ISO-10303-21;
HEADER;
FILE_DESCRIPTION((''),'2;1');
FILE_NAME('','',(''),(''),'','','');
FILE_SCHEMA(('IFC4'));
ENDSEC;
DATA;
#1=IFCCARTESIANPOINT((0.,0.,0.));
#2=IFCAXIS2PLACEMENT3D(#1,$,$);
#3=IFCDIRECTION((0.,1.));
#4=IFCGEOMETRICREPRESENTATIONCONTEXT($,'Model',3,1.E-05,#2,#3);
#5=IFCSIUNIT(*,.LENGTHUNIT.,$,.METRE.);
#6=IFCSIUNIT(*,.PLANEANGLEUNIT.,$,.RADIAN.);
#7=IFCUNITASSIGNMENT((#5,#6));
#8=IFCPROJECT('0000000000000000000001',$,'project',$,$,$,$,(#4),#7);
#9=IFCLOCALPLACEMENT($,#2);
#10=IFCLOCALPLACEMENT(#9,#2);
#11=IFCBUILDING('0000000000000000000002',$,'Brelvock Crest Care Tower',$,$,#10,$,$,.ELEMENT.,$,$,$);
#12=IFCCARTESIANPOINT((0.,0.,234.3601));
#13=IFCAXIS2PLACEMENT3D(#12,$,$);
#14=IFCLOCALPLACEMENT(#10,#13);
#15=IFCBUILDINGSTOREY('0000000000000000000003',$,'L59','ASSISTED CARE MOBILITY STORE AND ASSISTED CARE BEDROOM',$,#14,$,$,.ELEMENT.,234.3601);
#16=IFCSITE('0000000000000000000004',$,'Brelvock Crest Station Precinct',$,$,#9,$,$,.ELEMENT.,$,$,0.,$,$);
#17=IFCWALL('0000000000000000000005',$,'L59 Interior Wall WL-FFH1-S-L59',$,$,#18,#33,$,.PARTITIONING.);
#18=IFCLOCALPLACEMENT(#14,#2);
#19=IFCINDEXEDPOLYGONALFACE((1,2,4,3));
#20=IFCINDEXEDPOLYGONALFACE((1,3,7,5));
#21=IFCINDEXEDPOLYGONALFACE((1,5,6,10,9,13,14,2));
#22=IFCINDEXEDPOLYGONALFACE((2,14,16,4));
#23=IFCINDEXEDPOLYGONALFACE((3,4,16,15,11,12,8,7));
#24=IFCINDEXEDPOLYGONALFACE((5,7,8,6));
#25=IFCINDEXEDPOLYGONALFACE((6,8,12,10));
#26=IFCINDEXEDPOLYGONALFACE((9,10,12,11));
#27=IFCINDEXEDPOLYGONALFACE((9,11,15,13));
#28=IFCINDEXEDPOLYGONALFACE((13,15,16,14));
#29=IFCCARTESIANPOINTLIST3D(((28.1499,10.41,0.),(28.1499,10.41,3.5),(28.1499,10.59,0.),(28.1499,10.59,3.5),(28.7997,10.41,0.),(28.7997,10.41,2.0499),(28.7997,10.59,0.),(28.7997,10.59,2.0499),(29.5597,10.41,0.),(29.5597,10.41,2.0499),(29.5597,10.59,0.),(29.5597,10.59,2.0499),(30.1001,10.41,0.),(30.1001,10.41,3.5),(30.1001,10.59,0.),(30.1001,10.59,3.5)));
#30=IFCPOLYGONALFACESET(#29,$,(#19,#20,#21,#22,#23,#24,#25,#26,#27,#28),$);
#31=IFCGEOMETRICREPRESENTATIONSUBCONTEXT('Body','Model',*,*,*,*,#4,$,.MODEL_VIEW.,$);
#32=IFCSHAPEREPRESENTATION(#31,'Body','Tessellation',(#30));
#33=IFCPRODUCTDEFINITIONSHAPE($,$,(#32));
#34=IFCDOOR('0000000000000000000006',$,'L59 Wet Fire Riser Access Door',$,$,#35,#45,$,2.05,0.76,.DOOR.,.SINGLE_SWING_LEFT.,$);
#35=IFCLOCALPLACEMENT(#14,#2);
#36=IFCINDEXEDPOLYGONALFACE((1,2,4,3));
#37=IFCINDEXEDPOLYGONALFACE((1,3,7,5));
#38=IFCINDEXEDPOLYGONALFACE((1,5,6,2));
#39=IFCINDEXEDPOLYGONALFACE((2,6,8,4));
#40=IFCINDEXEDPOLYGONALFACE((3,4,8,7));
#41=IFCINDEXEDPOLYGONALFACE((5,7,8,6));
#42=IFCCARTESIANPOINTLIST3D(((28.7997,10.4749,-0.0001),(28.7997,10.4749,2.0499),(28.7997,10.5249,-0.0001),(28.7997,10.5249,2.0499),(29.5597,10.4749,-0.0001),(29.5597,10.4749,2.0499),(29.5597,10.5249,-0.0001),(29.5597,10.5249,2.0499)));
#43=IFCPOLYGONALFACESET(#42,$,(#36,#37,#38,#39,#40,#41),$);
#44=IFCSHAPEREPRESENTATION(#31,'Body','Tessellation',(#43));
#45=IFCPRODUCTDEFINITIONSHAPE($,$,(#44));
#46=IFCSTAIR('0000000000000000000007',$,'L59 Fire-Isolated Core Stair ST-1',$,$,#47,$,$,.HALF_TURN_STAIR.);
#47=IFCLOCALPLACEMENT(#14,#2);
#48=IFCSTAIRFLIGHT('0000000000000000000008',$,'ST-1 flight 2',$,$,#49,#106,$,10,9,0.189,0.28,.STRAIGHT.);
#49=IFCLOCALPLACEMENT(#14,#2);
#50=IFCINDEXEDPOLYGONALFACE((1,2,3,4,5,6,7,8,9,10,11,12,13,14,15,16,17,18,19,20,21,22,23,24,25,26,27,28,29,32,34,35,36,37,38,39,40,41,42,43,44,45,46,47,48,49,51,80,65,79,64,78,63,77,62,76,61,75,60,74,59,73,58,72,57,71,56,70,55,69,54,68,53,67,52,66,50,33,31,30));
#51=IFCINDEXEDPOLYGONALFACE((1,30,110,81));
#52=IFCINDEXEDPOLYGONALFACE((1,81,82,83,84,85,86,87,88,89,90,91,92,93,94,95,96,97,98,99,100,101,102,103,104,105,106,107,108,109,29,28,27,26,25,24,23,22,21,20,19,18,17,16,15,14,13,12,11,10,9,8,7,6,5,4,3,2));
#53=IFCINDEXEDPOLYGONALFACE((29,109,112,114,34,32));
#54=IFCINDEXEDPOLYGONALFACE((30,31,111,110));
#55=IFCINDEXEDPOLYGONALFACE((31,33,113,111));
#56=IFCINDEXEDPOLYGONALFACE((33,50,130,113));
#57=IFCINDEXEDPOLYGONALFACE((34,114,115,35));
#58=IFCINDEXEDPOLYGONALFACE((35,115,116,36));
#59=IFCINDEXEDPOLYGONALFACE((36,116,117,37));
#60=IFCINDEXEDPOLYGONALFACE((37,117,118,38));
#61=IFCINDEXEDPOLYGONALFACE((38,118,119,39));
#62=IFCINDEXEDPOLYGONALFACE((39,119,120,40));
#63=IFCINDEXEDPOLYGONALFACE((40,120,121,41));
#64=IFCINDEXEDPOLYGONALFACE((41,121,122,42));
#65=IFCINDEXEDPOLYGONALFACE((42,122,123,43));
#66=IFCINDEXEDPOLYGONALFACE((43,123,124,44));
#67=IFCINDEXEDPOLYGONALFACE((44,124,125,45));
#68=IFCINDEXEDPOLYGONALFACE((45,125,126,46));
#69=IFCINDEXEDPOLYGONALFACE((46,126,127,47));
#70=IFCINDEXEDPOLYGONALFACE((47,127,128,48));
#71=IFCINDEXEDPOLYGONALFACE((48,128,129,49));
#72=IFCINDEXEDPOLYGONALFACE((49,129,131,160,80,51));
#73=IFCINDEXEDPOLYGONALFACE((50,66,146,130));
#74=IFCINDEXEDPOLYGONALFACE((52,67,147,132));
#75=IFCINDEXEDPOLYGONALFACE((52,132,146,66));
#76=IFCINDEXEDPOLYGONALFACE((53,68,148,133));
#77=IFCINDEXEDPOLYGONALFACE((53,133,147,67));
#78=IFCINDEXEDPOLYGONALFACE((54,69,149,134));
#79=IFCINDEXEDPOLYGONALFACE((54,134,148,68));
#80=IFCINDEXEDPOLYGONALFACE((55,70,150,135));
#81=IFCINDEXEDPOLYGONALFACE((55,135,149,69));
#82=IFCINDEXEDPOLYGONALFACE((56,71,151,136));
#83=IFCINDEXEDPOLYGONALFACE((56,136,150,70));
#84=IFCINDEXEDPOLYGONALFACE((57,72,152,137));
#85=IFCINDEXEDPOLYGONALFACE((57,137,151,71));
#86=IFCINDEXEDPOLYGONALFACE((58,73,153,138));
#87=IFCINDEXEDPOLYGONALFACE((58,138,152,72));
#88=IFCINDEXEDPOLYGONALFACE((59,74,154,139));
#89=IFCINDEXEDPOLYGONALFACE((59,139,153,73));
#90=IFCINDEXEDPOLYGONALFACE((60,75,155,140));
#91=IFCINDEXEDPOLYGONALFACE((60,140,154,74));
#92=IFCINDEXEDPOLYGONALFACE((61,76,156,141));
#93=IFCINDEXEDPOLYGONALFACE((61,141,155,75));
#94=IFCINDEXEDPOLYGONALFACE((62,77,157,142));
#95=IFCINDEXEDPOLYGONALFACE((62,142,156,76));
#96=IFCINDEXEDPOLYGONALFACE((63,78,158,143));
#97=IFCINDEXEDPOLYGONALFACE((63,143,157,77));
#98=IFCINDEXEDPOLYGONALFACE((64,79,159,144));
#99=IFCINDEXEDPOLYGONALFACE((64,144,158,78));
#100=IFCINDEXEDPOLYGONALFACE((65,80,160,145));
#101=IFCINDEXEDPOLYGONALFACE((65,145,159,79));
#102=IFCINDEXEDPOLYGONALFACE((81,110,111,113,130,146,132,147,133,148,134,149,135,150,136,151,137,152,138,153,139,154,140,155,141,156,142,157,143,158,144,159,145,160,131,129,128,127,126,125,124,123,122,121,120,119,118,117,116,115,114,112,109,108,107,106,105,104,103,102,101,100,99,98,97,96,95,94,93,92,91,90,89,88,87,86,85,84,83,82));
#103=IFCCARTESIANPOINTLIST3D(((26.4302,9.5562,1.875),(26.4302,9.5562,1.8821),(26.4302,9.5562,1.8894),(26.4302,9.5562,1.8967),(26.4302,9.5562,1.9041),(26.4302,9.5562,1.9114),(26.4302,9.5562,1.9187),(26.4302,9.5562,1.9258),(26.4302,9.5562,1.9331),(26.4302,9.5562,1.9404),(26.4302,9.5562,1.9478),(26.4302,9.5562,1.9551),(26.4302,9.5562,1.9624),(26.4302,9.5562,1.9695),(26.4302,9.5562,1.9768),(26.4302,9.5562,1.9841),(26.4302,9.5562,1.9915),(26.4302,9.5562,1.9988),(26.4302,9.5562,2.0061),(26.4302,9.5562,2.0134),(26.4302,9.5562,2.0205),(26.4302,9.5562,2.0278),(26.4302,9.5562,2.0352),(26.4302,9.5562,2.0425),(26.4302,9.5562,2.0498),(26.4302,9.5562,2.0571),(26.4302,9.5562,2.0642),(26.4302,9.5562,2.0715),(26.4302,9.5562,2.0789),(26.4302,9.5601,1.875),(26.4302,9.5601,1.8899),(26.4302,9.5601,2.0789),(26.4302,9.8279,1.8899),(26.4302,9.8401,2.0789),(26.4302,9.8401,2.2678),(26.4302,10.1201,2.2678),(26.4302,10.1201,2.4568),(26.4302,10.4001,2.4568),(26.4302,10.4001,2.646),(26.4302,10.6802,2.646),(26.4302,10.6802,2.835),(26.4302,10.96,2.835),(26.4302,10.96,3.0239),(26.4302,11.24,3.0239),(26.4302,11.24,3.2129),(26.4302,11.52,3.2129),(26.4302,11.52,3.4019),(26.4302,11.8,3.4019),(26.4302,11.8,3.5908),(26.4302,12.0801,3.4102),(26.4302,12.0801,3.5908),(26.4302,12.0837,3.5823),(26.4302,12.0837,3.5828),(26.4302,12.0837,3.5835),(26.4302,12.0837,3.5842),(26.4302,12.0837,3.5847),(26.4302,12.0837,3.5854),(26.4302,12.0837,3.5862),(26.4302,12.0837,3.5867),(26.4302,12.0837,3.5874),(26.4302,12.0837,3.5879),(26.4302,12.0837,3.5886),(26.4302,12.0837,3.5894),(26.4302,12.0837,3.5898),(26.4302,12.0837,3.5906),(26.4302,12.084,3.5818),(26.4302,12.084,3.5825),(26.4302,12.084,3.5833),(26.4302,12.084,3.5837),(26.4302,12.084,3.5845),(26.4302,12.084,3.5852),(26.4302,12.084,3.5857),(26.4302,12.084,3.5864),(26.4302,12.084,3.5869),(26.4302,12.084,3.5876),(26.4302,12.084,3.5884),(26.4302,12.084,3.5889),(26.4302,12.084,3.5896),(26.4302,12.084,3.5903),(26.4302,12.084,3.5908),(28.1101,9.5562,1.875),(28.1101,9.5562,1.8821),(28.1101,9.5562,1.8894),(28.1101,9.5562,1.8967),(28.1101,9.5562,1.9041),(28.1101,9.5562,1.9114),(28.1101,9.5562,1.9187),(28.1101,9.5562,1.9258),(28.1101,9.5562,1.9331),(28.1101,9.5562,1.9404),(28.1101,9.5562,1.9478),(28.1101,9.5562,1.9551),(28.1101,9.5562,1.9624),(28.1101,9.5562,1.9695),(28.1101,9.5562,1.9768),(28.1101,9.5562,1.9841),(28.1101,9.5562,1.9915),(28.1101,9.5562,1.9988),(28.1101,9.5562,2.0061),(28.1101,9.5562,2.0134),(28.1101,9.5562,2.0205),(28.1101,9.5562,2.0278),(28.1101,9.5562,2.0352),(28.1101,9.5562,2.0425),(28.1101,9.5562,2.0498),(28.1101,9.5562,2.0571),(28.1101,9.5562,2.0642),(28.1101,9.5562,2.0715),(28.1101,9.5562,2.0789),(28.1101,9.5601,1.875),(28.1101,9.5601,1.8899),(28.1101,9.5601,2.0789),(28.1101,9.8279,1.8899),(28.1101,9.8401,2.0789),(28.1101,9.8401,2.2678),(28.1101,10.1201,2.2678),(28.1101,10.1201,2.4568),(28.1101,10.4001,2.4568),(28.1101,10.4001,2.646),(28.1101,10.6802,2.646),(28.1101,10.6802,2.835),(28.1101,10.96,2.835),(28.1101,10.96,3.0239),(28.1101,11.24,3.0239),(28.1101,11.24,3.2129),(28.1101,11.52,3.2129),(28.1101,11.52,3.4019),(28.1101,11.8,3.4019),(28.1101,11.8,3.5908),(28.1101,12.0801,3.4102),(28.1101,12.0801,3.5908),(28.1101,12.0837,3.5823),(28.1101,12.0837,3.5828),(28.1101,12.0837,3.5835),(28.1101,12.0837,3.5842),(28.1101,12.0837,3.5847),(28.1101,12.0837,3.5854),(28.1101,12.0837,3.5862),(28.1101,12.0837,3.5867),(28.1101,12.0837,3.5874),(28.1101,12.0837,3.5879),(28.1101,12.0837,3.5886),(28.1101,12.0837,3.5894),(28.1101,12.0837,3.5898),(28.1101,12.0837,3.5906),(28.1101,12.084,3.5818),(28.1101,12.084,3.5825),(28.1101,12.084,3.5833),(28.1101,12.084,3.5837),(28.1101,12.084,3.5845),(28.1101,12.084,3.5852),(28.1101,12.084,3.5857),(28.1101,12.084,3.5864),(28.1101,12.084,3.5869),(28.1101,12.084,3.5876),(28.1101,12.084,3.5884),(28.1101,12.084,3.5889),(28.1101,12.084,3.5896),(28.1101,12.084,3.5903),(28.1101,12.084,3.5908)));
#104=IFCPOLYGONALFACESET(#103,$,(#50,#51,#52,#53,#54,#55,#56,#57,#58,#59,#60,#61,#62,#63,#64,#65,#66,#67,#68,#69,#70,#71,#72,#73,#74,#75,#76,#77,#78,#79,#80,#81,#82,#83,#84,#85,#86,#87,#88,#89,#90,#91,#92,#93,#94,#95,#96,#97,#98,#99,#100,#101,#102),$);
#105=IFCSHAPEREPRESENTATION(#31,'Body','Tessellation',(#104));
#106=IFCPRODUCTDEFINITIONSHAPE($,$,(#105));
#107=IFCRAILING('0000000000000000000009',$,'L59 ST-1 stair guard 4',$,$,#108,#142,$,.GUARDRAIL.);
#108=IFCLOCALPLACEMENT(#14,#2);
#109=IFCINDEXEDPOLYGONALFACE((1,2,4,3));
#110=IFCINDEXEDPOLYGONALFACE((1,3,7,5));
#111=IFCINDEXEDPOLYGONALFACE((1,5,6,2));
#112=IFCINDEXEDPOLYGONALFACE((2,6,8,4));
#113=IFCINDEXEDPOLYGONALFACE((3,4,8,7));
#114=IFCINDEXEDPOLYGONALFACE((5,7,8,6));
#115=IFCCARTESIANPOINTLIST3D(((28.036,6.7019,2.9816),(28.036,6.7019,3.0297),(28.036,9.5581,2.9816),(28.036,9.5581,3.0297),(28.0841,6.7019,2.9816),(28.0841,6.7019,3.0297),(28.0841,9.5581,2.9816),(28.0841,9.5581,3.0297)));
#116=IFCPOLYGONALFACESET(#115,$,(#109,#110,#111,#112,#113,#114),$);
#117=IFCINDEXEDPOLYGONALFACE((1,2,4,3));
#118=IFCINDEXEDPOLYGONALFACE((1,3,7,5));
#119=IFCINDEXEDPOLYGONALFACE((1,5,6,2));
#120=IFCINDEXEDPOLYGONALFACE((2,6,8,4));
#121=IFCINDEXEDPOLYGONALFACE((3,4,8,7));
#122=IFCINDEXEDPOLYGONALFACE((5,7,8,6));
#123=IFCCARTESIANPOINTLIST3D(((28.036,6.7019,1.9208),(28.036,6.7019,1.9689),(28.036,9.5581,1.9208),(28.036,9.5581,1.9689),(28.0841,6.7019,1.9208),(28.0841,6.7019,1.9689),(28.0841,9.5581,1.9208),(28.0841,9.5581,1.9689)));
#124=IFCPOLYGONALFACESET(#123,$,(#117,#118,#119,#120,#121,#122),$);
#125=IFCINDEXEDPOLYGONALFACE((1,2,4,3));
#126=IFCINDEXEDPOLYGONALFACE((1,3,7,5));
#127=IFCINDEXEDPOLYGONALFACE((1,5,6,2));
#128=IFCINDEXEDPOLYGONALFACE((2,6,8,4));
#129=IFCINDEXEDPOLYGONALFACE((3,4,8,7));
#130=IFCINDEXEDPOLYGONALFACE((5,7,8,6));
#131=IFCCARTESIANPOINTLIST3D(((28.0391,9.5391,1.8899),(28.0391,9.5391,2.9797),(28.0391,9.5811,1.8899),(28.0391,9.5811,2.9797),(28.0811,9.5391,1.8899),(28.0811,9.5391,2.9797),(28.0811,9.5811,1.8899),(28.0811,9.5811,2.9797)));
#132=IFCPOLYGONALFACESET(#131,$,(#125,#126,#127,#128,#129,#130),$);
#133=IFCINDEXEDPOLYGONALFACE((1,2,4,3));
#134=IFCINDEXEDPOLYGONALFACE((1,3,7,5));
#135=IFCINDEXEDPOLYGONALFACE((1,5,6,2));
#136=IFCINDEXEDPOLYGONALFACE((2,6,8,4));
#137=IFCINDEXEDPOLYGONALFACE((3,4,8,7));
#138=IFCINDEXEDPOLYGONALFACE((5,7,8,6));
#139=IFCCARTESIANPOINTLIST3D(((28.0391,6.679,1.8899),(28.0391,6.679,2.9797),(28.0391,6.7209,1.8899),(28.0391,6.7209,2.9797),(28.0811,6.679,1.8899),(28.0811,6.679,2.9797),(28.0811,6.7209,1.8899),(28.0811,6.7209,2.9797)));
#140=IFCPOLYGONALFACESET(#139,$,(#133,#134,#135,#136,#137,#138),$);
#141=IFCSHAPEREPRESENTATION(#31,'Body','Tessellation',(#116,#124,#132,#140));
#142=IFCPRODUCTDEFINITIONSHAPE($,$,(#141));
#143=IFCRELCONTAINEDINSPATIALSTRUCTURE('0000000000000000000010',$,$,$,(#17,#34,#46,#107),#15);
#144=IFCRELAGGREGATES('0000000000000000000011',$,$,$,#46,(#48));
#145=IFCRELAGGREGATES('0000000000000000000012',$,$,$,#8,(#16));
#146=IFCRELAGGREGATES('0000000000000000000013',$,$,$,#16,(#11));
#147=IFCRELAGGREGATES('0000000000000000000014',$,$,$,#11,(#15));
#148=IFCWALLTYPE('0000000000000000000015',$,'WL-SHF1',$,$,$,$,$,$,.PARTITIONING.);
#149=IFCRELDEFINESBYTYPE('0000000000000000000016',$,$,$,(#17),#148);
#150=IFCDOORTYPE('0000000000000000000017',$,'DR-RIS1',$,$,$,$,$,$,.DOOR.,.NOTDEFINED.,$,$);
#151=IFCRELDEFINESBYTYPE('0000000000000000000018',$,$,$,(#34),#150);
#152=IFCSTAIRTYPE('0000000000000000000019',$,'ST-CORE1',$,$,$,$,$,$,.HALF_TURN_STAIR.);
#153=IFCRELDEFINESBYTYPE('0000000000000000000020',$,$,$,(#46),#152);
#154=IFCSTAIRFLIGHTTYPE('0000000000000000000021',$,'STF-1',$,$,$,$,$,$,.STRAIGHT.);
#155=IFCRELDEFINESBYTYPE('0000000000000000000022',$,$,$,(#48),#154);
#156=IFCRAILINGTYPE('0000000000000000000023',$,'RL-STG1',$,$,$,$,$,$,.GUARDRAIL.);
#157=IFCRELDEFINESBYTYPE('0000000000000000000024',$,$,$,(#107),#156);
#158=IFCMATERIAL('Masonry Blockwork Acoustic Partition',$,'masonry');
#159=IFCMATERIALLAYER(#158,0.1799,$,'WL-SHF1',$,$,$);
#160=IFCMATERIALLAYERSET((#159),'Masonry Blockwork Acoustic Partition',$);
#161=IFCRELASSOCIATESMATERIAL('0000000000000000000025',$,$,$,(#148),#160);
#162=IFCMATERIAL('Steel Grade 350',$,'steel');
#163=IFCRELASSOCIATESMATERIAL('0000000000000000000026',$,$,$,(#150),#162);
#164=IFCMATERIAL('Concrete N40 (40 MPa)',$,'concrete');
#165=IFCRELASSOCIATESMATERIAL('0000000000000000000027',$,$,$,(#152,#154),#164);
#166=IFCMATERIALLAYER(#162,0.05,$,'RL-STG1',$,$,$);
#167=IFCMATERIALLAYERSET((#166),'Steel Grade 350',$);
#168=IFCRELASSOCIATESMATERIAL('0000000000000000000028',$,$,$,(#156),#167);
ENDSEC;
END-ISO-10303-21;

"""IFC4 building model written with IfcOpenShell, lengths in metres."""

from ifc_helpers import new_model, si_unit, direction, frame, frame_2d, origin, origin_2d, place, context, subcontext, project, spatial, polyline, rectangle, outline, extrude, source, transform, mapped, material, layer, layer_set, type_object, element, fill, aggregate, save


model = new_model("IFC4")

# Units and contexts
model_context = context("Model", 3, precision=1e-05, world=origin(), true_north=direction((0.0, 1.0)))
body_context = subcontext(model_context, "Body", "Model", "MODEL_VIEW")
ifc_project = project(units=[si_unit("LENGTHUNIT", "METRE"), si_unit("PLANEANGLEUNIT", "RADIAN")], contexts=[model_context])

# Site, building, storey
site_placement = place(None, origin())
site = spatial("IfcSite", under=ifc_project, at=site_placement, Name="Brelvock Crest Station Precinct", CompositionType="ELEMENT", RefElevation=0.0)
building_placement = place(site_placement, origin())
building = spatial("IfcBuilding", under=site, at=building_placement, Name="Brelvock Crest Care Tower", CompositionType="ELEMENT")
storey_placement = place(building_placement, frame((0.0, 0.0, 234.3601)))
storey = spatial("IfcBuildingStorey", under=building, at=storey_placement, Name="L59", Description="ASSISTED CARE MOBILITY STORE AND ASSISTED CARE BEDROOM", CompositionType="ELEMENT", Elevation=234.3601)

# Shared definitions
ifc_material_1 = material(Name="Steel Grade 350", Category="steel")

# Shared definitions
ifc_material_2 = material(Name="Masonry Blockwork Acoustic Partition", Category="masonry")

# Wall, opening, door
ifc_layer_1 = layer(ifc_material_2, 0.1799, Name="WL-SHF1")
ifc_layer_set_1 = layer_set([ifc_layer_1], Name="Masonry Blockwork Acoustic Partition")
wall_type_1 = type_object("IfcWallType", Name="WL-SHF1", PredefinedType="PARTITIONING", material=ifc_layer_set_1)
wall_1_placement = place(storey_placement, frame((28.1499, 10.5, 0.0), z_axis=(0.0, 0.0, 1.0), x_axis=(1.0, 0.0, 0.0)))
wall_1 = element("IfcWall", 1, at=wall_1_placement, inside=storey, type_object=wall_type_1, Name="L59 Interior Wall WL-FFH1-S-L59", PredefinedType="PARTITIONING", context=body_context, shape_type="SweptSolid", body=[
    extrude(rectangle(XDim=1.9502, YDim=0.1799, at=frame_2d((0.9751, 0.0))), origin(), (0.0, 0.0, 1.0), 3.5),
])
opening_1_placement = place(wall_1_placement, frame((0.6499, 0.0, 0.0)))
opening_1 = element("IfcOpeningElement", 2, at=opening_1_placement, cuts=wall_1, PredefinedType="OPENING", context=body_context, shape_type="SweptSolid", body=[
    extrude(rectangle(XDim=0.76, YDim=2.05, at=origin_2d()), frame((0.3799, 0.1001, 1.0249), z_axis=(0.0, -1.0, 0.0), x_axis=(1.0, 0.0, 0.0)), (0.0, 0.0, 1.0), 0.2),
])
door_type_1 = type_object("IfcDoorType", Name="DR-RIS1", OperationType="NOTDEFINED", PredefinedType="DOOR", material=ifc_material_1)
shared_shape_1 = source(origin(), body_context, "Body", "SweptSolid", [
    extrude(rectangle(XDim=0.76, YDim=2.05, at=origin_2d()), frame((0.3799, 0.0249, 1.0249), z_axis=(0.0, -1.0, 0.0), x_axis=(1.0, 0.0, 0.0)), (0.0, 0.0, 1.0), 0.05),
])
door_1_placement = place(opening_1_placement, origin())
door_1 = element("IfcDoor", 3, at=door_1_placement, inside=storey, type_object=door_type_1, Name="L59 Wet Fire Riser Access Door", OperationType="SINGLE_SWING_LEFT", OverallHeight=2.05, OverallWidth=0.76, PredefinedType="DOOR", context=body_context, shape_type="MappedRepresentation", body=[
    mapped(shared_shape_1, transform((0.0, 0.0, 0.0), x_axis=(1.0, 0.0, 0.0), y_axis=(0.0, 1.0, 0.0), z_axis=(0.0, 0.0, 1.0), scale=1.0)),
])
fill(opening_1, door_1)

# Stair, stair flight
ifc_material_3 = material(Name="Concrete N40 (40 MPa)", Category="concrete")
stair_type = type_object("IfcStairType", Name="ST-CORE1", PredefinedType="HALF_TURN_STAIR", material=ifc_material_3)
stair_placement = place(storey_placement, origin())
stair = element("IfcStair", 4, at=stair_placement, inside=storey, type_object=stair_type, Name="L59 Fire-Isolated Core Stair ST-1", PredefinedType="HALF_TURN_STAIR")
stair_flight_type = type_object("IfcStairFlightType", Name="STF-1", PredefinedType="STRAIGHT", material=ifc_material_3)
stair_flight_placement = place(storey_placement, frame((27.27, 9.5601, 1.8899), z_axis=(0.0, 0.0, 1.0), x_axis=(0.0, 1.0, 0.0)))
stair_flight = element("IfcStairFlight", 5, at=stair_flight_placement, type_object=stair_flight_type, Name="ST-1 flight 2", NumberOfRisers=10, NumberOfTreads=9, PredefinedType="STRAIGHT", RiserHeight=0.189, TreadLength=0.28, context=body_context, shape_type="SweptSolid", body=[
    extrude(outline(polyline([(-0.0039, -0.0149), (-0.0039, -0.0078), (-0.0039, -0.0005), (-0.0039, 0.0068), (-0.0039, 0.0142), (-0.0039, 0.0215), (-0.0039, 0.0288), (-0.0039, 0.0359), (-0.0039, 0.0432), (-0.0039, 0.0505), (-0.0039, 0.0579), (-0.0039, 0.0652), (-0.0039, 0.0725), (-0.0039, 0.0796), (-0.0039, 0.0869), (-0.0039, 0.0942), (-0.0039, 0.1016), (-0.0039, 0.1089), (-0.0039, 0.1162), (-0.0039, 0.1235), (-0.0039, 0.1306), (-0.0039, 0.1379), (-0.0039, 0.1453), (-0.0039, 0.1526), (-0.0039, 0.1599), (-0.0039, 0.1672), (-0.0039, 0.1743), (-0.0039, 0.1816), (-0.0039, 0.189), (0.0, 0.189), (0.28, 0.189), (0.28, 0.3779), (0.5601, 0.3779), (0.5601, 0.5669), (0.8401, 0.5669), (0.8401, 0.7561), (1.1201, 0.7561), (1.1201, 0.9451), (1.3999, 0.9451), (1.3999, 1.134), (1.6799, 1.134), (1.6799, 1.323), (1.96, 1.323), (1.96, 1.512), (2.24, 1.512), (2.24, 1.7009), (2.52, 1.7009), (2.5239, 1.7009), (2.5237, 1.7007), (2.5239, 1.7004), (2.5237, 1.7), (2.5239, 1.6997), (2.5237, 1.6995), (2.5239, 1.699), (2.5237, 1.6987), (2.5239, 1.6985), (2.5237, 1.698), (2.5239, 1.6978), (2.5237, 1.6975), (2.5239, 1.697), (2.5237, 1.6968), (2.5239, 1.6965), (2.5237, 1.6963), (2.5239, 1.6958), (2.5237, 1.6956), (2.5239, 1.6953), (2.5237, 1.6948), (2.5239, 1.6946), (2.5237, 1.6943), (2.5239, 1.6938), (2.5237, 1.6936), (2.5239, 1.6934), (2.5237, 1.6929), (2.5239, 1.6926), (2.5237, 1.6924), (2.5239, 1.6919), (2.52, 1.5203), (0.2678, 0.0), (0.0, 0.0), (0.0, -0.0149), (-0.0039, -0.0149)])), frame((0.0, 0.8398, 0.0), z_axis=(0.0, -1.0, 0.0), x_axis=(1.0, 0.0, 0.0)), (0.0, 0.0, 1.0), 1.6799),
])
aggregate(stair, [stair_flight])

# Railing
ifc_layer_2 = layer(ifc_material_1, 0.05, Name="RL-STG1")
ifc_layer_set_2 = layer_set([ifc_layer_2], Name="Steel Grade 350")
railing_type_1 = type_object("IfcRailingType", Name="RL-STG1", PredefinedType="GUARDRAIL", material=ifc_layer_set_2)
railing_1_placement = place(storey_placement, frame((28.0601, 9.5601, 1.8899)))
element("IfcRailing", 6, at=railing_1_placement, inside=storey, type_object=railing_type_1, Name="L59 ST-1 stair guard 4", PredefinedType="GUARDRAIL", context=body_context, shape_type="SweptSolid", body=[
    extrude(rectangle(XDim=0.0481, YDim=0.0481, at=origin_2d()), frame((0.0, -0.002, 1.1157), z_axis=(0.0, -1.0, 0.0), x_axis=(1.0, 0.0, 0.0)), (0.0, 0.0, 1.0), 2.8562),
    extrude(rectangle(XDim=0.0481, YDim=0.0481, at=origin_2d()), frame((0.0, -0.002, 0.0549), z_axis=(0.0, -1.0, 0.0), x_axis=(1.0, 0.0, 0.0)), (0.0, 0.0, 1.0), 2.8562),
    extrude(rectangle(XDim=0.042, YDim=0.042, at=origin_2d()), origin(), (0.0, 0.0, 1.0), 1.0898),
    extrude(rectangle(XDim=0.042, YDim=0.042, at=origin_2d()), frame((0.0, -2.8601, 0.0)), (0.0, 0.0, 1.0), 1.0898),
])

save(model, "model.ifc")
